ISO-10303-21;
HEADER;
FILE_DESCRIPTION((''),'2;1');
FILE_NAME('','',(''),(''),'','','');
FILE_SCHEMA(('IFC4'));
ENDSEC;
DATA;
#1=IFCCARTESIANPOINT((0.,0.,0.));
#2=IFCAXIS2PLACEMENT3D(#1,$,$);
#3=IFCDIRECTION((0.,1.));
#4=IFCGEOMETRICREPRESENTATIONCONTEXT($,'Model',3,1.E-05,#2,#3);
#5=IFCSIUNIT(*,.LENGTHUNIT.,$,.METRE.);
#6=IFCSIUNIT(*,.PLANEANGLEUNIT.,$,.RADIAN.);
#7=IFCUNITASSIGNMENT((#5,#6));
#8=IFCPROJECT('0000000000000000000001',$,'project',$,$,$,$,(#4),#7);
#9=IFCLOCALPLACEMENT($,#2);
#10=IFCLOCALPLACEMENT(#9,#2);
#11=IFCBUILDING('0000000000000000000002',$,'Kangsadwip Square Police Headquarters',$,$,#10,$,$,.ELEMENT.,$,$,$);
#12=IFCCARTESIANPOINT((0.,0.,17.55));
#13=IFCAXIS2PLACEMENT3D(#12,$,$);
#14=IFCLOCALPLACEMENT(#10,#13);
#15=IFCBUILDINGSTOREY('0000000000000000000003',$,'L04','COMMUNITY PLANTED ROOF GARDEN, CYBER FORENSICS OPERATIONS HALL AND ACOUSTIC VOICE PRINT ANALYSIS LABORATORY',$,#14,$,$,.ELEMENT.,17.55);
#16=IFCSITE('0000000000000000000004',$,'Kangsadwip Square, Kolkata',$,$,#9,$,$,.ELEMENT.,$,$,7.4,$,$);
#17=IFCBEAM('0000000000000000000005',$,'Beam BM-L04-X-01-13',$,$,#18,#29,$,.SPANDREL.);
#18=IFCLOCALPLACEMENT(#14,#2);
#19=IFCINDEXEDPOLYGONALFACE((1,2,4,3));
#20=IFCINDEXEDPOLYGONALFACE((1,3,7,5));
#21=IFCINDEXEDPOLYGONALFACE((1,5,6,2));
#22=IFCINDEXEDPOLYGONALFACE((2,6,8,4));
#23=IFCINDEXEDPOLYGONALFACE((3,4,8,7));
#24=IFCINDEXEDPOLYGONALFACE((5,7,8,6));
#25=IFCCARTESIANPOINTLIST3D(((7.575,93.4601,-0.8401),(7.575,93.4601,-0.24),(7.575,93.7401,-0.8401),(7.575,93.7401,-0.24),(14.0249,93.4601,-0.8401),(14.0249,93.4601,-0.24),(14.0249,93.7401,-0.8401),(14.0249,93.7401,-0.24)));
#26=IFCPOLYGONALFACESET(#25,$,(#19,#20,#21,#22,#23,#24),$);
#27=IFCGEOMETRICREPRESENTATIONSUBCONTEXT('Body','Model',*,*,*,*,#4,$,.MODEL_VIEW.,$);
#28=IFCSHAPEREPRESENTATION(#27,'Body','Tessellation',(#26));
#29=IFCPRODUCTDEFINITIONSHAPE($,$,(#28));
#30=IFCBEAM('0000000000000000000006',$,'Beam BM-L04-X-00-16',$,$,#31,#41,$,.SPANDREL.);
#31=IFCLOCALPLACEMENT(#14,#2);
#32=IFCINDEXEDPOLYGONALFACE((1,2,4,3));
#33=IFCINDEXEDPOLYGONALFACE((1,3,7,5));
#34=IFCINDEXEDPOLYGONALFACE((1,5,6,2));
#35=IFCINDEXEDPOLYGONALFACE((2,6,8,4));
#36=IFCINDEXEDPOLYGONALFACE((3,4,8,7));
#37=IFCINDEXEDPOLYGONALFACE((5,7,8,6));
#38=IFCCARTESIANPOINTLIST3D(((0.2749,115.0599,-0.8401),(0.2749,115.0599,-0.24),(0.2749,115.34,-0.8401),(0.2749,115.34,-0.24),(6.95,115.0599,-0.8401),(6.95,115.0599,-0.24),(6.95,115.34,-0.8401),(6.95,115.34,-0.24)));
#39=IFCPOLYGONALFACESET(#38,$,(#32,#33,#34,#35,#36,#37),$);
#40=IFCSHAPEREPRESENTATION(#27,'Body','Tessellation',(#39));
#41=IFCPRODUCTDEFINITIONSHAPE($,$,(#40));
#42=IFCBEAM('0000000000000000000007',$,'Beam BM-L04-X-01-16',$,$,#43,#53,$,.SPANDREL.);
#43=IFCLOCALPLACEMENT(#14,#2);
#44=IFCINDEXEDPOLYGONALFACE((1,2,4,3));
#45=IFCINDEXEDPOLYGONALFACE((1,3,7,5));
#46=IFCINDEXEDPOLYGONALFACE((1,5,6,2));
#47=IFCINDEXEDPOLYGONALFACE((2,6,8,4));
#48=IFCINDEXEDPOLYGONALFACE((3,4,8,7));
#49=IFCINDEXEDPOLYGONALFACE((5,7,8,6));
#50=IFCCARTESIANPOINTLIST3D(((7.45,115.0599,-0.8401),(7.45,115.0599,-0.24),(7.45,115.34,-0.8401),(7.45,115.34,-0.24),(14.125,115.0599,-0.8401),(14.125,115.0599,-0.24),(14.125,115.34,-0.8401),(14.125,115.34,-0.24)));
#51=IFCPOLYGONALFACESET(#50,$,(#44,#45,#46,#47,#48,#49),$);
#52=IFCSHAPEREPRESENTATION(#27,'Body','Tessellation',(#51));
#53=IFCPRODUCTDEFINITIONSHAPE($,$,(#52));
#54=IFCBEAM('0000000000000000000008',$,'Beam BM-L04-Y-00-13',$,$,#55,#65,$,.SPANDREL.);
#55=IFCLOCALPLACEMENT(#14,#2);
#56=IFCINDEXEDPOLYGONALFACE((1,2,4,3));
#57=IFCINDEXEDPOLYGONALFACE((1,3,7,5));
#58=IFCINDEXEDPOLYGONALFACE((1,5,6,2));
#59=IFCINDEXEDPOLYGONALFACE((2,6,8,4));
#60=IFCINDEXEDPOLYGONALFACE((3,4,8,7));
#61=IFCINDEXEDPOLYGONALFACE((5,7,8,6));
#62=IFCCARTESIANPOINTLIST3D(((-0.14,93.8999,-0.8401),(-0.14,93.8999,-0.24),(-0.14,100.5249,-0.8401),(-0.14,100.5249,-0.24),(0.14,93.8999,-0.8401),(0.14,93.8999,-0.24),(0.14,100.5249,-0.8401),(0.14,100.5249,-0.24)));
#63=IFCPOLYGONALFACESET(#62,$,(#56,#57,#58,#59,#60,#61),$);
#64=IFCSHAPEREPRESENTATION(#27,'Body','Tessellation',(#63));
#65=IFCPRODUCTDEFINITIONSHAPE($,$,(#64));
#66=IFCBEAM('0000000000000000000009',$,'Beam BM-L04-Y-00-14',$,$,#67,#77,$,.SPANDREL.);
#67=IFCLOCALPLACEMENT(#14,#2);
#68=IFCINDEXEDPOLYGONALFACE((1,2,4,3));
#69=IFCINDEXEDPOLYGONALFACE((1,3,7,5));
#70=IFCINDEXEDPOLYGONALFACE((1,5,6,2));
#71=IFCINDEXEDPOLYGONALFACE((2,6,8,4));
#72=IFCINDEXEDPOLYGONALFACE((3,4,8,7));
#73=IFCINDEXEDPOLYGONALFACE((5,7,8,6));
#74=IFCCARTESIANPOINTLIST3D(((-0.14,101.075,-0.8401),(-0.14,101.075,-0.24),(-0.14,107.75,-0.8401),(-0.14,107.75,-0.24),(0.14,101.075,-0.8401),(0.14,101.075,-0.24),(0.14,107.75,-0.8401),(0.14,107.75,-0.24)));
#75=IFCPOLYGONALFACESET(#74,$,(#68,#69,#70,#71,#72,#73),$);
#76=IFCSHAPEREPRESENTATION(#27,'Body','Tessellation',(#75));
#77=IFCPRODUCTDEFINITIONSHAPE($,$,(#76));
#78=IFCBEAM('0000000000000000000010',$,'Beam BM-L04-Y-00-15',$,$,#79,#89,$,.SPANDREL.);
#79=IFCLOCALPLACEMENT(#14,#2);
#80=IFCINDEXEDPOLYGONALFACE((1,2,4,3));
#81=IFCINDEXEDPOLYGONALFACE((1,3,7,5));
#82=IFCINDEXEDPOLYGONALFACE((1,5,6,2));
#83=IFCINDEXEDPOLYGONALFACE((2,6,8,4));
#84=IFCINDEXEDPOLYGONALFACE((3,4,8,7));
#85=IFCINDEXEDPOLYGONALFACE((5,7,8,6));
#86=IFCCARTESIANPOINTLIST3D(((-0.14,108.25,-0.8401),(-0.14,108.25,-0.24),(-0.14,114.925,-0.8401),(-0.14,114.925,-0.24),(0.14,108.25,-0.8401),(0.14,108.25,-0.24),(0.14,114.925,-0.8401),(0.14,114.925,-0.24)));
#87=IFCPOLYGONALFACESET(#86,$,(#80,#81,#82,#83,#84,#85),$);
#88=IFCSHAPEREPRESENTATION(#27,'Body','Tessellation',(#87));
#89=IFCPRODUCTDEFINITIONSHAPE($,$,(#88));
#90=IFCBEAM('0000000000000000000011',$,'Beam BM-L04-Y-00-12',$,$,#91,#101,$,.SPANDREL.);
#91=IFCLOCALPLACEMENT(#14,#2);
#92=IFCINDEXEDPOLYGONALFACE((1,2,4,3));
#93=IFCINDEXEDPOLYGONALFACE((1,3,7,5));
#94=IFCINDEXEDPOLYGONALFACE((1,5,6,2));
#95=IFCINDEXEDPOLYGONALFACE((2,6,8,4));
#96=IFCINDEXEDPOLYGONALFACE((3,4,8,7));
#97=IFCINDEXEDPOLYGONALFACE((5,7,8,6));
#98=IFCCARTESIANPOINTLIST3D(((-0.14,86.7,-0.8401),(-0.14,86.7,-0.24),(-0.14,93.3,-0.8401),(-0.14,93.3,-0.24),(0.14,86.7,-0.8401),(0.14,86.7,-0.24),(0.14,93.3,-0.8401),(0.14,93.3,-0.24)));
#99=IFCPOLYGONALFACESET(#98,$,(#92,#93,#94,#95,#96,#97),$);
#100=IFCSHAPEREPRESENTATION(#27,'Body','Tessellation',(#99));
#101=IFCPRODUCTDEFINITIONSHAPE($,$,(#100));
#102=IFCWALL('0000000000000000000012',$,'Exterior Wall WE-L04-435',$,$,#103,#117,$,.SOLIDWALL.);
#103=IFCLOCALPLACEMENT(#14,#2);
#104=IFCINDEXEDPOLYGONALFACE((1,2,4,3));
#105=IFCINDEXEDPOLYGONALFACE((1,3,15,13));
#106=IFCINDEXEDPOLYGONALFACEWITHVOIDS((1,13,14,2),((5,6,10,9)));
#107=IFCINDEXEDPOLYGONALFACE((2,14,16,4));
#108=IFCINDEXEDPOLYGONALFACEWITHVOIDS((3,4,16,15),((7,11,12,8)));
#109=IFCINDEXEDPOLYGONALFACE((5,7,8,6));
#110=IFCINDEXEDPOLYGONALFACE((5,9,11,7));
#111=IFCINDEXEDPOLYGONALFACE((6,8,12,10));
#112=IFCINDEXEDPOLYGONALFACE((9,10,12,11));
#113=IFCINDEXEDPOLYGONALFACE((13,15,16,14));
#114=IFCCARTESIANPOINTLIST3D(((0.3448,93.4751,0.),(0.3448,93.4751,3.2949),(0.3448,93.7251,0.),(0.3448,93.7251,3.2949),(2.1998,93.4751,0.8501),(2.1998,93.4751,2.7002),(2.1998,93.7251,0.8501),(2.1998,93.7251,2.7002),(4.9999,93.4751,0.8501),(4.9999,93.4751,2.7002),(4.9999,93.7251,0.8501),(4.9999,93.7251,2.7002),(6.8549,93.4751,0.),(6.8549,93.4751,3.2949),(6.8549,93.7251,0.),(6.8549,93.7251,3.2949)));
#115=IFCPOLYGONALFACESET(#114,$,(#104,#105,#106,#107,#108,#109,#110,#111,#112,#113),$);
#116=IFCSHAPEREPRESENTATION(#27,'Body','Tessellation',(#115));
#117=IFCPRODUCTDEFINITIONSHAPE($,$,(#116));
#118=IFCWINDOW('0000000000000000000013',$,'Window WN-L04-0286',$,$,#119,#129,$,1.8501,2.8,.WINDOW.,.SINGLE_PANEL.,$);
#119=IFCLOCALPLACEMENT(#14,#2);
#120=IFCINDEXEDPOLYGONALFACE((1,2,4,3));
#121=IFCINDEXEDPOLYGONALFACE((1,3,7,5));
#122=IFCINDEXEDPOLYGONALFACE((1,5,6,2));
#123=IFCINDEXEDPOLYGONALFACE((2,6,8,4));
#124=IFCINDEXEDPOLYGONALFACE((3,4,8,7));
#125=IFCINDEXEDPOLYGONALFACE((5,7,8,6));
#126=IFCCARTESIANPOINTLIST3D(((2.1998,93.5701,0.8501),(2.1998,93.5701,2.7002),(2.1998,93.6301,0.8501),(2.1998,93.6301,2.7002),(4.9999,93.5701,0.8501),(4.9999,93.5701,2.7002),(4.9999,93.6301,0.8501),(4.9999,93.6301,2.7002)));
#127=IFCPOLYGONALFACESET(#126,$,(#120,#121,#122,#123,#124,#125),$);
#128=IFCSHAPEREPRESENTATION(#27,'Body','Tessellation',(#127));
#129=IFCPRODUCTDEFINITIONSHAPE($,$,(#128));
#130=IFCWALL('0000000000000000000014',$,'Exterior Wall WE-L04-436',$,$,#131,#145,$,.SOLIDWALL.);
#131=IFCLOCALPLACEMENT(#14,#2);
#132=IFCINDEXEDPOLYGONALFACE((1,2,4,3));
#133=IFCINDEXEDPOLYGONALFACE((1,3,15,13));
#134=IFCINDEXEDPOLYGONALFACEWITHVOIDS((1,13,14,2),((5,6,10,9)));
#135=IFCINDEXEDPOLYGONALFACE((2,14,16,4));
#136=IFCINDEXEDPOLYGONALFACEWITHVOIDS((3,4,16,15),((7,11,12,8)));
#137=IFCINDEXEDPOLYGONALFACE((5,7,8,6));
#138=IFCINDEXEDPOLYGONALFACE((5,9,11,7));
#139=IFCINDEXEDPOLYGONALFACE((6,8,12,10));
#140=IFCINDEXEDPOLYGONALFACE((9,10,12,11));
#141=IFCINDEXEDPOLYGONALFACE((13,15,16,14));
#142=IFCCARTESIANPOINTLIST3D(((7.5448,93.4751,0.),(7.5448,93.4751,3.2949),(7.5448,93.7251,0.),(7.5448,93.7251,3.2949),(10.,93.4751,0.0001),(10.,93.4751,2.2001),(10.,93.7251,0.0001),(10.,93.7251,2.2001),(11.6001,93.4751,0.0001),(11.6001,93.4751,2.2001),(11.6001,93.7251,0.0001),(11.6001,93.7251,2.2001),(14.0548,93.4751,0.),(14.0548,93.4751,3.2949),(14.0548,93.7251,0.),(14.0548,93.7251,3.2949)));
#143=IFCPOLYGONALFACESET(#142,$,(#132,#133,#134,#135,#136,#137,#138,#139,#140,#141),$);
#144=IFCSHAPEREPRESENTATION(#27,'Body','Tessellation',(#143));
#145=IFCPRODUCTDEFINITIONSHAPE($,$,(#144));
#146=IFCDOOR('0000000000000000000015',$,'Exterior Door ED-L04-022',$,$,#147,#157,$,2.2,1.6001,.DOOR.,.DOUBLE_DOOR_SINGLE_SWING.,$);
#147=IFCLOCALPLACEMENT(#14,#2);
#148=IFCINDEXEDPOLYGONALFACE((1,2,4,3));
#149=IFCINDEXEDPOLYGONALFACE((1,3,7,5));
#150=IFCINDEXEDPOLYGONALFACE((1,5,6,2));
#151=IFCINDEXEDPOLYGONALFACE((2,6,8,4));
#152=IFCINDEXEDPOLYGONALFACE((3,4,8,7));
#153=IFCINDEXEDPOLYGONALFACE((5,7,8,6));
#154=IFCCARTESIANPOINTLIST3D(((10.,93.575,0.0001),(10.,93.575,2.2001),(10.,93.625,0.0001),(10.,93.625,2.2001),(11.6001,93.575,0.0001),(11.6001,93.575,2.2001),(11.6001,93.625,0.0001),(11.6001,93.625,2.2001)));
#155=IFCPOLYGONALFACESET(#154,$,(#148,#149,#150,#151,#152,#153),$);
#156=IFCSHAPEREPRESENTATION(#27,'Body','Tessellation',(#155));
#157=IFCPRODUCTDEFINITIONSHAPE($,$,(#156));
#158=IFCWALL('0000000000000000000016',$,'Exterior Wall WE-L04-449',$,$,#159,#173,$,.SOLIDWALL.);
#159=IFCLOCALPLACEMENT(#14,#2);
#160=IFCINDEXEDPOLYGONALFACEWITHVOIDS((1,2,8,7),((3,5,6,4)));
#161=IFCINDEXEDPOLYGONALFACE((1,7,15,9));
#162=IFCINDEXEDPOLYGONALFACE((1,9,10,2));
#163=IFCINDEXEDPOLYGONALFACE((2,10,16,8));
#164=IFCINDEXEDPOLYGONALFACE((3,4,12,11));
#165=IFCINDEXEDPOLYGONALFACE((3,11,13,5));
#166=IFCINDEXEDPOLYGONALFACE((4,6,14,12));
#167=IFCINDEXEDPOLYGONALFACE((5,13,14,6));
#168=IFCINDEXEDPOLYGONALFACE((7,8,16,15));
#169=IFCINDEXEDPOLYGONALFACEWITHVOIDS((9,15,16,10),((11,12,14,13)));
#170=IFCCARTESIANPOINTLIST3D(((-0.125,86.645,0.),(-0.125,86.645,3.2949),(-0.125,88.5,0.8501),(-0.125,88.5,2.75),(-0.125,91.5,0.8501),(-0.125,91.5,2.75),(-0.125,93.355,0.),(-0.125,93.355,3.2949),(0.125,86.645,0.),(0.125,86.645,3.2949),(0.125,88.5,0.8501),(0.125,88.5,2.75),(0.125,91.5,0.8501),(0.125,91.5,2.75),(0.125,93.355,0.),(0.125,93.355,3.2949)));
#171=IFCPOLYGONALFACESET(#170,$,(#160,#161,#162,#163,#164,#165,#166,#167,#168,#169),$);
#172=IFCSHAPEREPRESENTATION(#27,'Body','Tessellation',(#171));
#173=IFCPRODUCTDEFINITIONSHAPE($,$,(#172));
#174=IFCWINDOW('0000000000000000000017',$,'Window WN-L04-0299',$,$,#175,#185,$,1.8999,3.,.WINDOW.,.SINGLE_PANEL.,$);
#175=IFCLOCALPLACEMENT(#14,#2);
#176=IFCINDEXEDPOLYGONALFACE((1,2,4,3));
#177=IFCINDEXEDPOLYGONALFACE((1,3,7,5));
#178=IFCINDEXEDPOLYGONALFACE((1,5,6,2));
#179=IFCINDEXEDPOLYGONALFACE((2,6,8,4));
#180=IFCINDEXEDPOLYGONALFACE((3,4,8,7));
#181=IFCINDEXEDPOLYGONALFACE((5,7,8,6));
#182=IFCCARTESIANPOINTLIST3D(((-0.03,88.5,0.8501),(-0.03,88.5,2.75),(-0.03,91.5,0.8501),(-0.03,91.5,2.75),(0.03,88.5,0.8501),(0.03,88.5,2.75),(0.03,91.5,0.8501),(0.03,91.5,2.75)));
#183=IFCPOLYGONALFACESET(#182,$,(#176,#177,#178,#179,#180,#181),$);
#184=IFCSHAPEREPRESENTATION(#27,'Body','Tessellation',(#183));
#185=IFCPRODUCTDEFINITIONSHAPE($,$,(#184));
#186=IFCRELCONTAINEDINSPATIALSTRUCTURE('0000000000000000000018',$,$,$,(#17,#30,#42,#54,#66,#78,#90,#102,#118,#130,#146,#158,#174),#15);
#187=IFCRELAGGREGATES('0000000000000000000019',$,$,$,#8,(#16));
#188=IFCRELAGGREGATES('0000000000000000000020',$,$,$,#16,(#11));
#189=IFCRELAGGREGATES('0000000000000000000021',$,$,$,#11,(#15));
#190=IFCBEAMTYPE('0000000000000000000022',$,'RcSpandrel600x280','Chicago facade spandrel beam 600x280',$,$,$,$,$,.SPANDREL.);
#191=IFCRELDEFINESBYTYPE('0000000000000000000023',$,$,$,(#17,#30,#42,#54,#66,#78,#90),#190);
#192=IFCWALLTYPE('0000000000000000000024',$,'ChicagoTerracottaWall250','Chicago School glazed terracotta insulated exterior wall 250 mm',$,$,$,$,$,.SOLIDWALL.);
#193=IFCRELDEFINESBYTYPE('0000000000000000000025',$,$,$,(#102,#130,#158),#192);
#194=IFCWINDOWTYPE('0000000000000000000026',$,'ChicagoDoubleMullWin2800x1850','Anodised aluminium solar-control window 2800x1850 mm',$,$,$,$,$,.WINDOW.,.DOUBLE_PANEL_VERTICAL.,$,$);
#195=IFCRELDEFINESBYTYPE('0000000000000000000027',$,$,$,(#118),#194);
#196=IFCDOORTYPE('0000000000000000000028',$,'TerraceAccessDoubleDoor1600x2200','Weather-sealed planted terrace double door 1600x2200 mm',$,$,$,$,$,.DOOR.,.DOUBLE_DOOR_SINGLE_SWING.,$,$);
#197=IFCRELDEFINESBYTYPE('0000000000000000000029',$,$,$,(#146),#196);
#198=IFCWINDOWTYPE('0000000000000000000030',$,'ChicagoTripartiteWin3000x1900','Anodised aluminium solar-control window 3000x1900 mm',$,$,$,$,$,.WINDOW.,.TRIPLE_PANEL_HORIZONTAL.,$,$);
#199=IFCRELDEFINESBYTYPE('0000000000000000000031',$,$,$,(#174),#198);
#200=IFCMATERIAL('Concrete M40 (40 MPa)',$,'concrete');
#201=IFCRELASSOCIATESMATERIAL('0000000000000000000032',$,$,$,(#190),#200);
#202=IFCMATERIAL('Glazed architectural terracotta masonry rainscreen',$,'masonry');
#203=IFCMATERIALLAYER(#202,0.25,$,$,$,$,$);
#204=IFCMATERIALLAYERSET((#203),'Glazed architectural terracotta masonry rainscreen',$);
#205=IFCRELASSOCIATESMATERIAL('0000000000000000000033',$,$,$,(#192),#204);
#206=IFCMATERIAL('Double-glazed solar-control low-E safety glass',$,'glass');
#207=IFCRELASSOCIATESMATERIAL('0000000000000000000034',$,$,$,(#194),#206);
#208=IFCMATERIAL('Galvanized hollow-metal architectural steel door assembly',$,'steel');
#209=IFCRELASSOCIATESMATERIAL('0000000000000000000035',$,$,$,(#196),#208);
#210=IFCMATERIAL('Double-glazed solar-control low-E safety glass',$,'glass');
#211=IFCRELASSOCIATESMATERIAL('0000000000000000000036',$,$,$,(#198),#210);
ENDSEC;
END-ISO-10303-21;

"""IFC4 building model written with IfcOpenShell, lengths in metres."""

from ifc_helpers import new_model, si_unit, direction, frame, frame_2d, origin, origin_2d, place, context, subcontext, project, spatial, rectangle, extrude, material, layer, layer_set, material_profile, profile_set, type_object, element, fill, save


model = new_model("IFC4")

# Units and contexts
model_context = context("Model", 3, precision=1e-05, world=origin(), true_north=direction((0.0, 1.0)))
body_context = subcontext(model_context, "Body", "Model", "MODEL_VIEW")
ifc_project = project(units=[si_unit("LENGTHUNIT", "METRE"), si_unit("PLANEANGLEUNIT", "RADIAN")], contexts=[model_context])

# Site, building, storey
site_placement = place(None, origin())
site = spatial("IfcSite", under=ifc_project, at=site_placement, Name="Kangsadwip Square, Kolkata", CompositionType="ELEMENT", RefElevation=7.4)
building_placement = place(site_placement, origin())
building = spatial("IfcBuilding", under=site, at=building_placement, Name="Kangsadwip Square Police Headquarters", CompositionType="ELEMENT")
storey_placement = place(building_placement, frame((0.0, 0.0, 17.55)))
storey = spatial("IfcBuildingStorey", under=building, at=storey_placement, Name="L04", Description="COMMUNITY PLANTED ROOF GARDEN, CYBER FORENSICS OPERATIONS HALL AND ACOUSTIC VOICE PRINT ANALYSIS LABORATORY", CompositionType="ELEMENT", Elevation=17.55)

# Beams
ifc_material_1 = material(Name="Concrete M40 (40 MPa)", Category="concrete")
ifc_material_profile_1 = material_profile(ifc_material_1, rectangle(XDim=0.28, YDim=0.6001, at=origin_2d()), Name="RC SPN 600X280")
ifc_profile_set_1 = profile_set([ifc_material_profile_1], Name="Concrete M40 (40 MPa)")
beam_type_1 = type_object("IfcBeamType", Name="RcSpandrel600x280", Description="Chicago facade spandrel beam 600x280", PredefinedType="SPANDREL", material=ifc_profile_set_1)
beam_1_placement = place(storey_placement, frame((7.575, 93.6001, -0.54), z_axis=(1.0, 0.0, 0.0), x_axis=(0.0, 1.0, 0.0)))
element("IfcBeam", 1, at=beam_1_placement, inside=storey, type_object=beam_type_1, Name="Beam BM-L04-X-01-13", PredefinedType="SPANDREL", context=body_context, shape_type="SweptSolid", body=[
    extrude(rectangle(XDim=0.28, YDim=0.6001, at=origin_2d()), origin(), (0.0, 0.0, 1.0), 6.45),
])
for number, where, z_axis, x_axis, name in (
    (2, (0.2749, 115.2, -0.54), (1.0, 0.0, 0.0), (0.0, 1.0, 0.0), "Beam BM-L04-X-00-16"),
    (3, (7.45, 115.2, -0.54), (1.0, 0.0, 0.0), (0.0, 1.0, 0.0), "Beam BM-L04-X-01-16"),
):
    element("IfcBeam", number, at=place(storey_placement, frame(where, z_axis=z_axis, x_axis=x_axis)), inside=storey, type_object=beam_type_1, Name=name, PredefinedType="SPANDREL", context=body_context, shape_type="SweptSolid", body=[
        extrude(rectangle(XDim=0.28, YDim=0.6001, at=origin_2d()), origin(), (0.0, 0.0, 1.0), 6.675),
    ])
beam_2_placement = place(storey_placement, frame((0.0, 93.8999, -0.54), z_axis=(0.0, 1.0, 0.0), x_axis=(-1.0, 0.0, 0.0)))
element("IfcBeam", 4, at=beam_2_placement, inside=storey, type_object=beam_type_1, Name="Beam BM-L04-Y-00-13", PredefinedType="SPANDREL", context=body_context, shape_type="SweptSolid", body=[
    extrude(rectangle(XDim=0.28, YDim=0.6001, at=origin_2d()), origin(), (0.0, 0.0, 1.0), 6.625),
])
for number, where, z_axis, x_axis, name in (
    (5, (0.0, 101.075, -0.54), (0.0, 1.0, 0.0), (-1.0, 0.0, 0.0), "Beam BM-L04-Y-00-14"),
    (6, (0.0, 108.25, -0.54), (0.0, 1.0, 0.0), (-1.0, 0.0, 0.0), "Beam BM-L04-Y-00-15"),
):
    element("IfcBeam", number, at=place(storey_placement, frame(where, z_axis=z_axis, x_axis=x_axis)), inside=storey, type_object=beam_type_1, Name=name, PredefinedType="SPANDREL", context=body_context, shape_type="SweptSolid", body=[
        extrude(rectangle(XDim=0.28, YDim=0.6001, at=origin_2d()), origin(), (0.0, 0.0, 1.0), 6.675),
    ])
beam_3_placement = place(storey_placement, frame((0.0, 86.7, -0.54), z_axis=(0.0, 1.0, 0.0), x_axis=(-1.0, 0.0, 0.0)))
element("IfcBeam", 7, at=beam_3_placement, inside=storey, type_object=beam_type_1, Name="Beam BM-L04-Y-00-12", PredefinedType="SPANDREL", context=body_context, shape_type="SweptSolid", body=[
    extrude(rectangle(XDim=0.28, YDim=0.6001, at=origin_2d()), origin(), (0.0, 0.0, 1.0), 6.6001),
])

# Wall, opening, window
ifc_material_2 = material(Name="Glazed architectural terracotta masonry rainscreen", Category="masonry")
ifc_layer = layer(ifc_material_2, 0.25)
ifc_layer_set = layer_set([ifc_layer], Name="Glazed architectural terracotta masonry rainscreen")
wall_type = type_object("IfcWallType", Name="ChicagoTerracottaWall250", Description="Chicago School glazed terracotta insulated exterior wall 250 mm", PredefinedType="SOLIDWALL", material=ifc_layer_set)
wall_1_placement = place(storey_placement, frame((0.345, 93.6001, 0.0), z_axis=(0.0, 0.0, 1.0), x_axis=(1.0, 0.0, 0.0)))
wall_1 = element("IfcWall", 8, at=wall_1_placement, inside=storey, type_object=wall_type, Name="Exterior Wall WE-L04-435", PredefinedType="SOLIDWALL", context=body_context, shape_type="SweptSolid", body=[
    extrude(rectangle(XDim=6.51, YDim=0.25, at=frame_2d((3.2549, 0.0))), origin(), (0.0, 0.0, 1.0), 3.2949),
])
opening_1_placement = place(wall_1_placement, frame((1.855, 0.0, 0.8501)))
opening_1 = element("IfcOpeningElement", 9, at=opening_1_placement, cuts=wall_1, PredefinedType="OPENING", context=body_context, shape_type="SweptSolid", body=[
    extrude(rectangle(XDim=2.8, YDim=1.8501, at=frame_2d((1.3999, 0.925))), frame((0.0, 0.135, 0.0), z_axis=(0.0, -1.0, 0.0), x_axis=(1.0, 0.0, 0.0)), (0.0, 0.0, 1.0), 0.27),
])
ifc_material_3 = material(Name="Double-glazed solar-control low-E safety glass", Category="glass")
window_type_1 = type_object("IfcWindowType", Name="ChicagoDoubleMullWin2800x1850", Description="Anodised aluminium solar-control window 2800x1850 mm", PartitioningType="DOUBLE_PANEL_VERTICAL", PredefinedType="WINDOW", material=ifc_material_3)
window_1_placement = place(opening_1_placement, origin())
window_1 = element("IfcWindow", 10, at=window_1_placement, inside=storey, type_object=window_type_1, Name="Window WN-L04-0286", OverallHeight=1.8501, OverallWidth=2.8, PartitioningType="SINGLE_PANEL", PredefinedType="WINDOW", context=body_context, shape_type="SweptSolid", body=[
    extrude(rectangle(XDim=2.8, YDim=1.8501, at=frame_2d((1.3999, 0.925))), frame((0.0, 0.03, 0.0), z_axis=(0.0, -1.0, 0.0), x_axis=(1.0, 0.0, 0.0)), (0.0, 0.0, 1.0), 0.0601),
])
fill(opening_1, window_1)

# Wall, opening, door
wall_2_placement = place(storey_placement, frame((7.5449, 93.6001, 0.0), z_axis=(0.0, 0.0, 1.0), x_axis=(1.0, 0.0, 0.0)))
wall_2 = element("IfcWall", 11, at=wall_2_placement, inside=storey, type_object=wall_type, Name="Exterior Wall WE-L04-436", PredefinedType="SOLIDWALL", context=body_context, shape_type="SweptSolid", body=[
    extrude(rectangle(XDim=6.51, YDim=0.25, at=frame_2d((3.2549, 0.0))), origin(), (0.0, 0.0, 1.0), 3.2949),
])
opening_2_placement = place(wall_2_placement, frame((2.4551, 0.0, 0.0)))
opening_2 = element("IfcOpeningElement", 12, at=opening_2_placement, cuts=wall_2, PredefinedType="OPENING", context=body_context, shape_type="SweptSolid", body=[
    extrude(rectangle(XDim=1.6001, YDim=2.2, at=frame_2d((0.8, 1.1001))), frame((0.0, 0.135, 0.0), z_axis=(0.0, -1.0, 0.0), x_axis=(1.0, 0.0, 0.0)), (0.0, 0.0, 1.0), 0.27),
])
ifc_material_4 = material(Name="Galvanized hollow-metal architectural steel door assembly", Category="steel")
door_type = type_object("IfcDoorType", Name="TerraceAccessDoubleDoor1600x2200", Description="Weather-sealed planted terrace double door 1600x2200 mm", OperationType="DOUBLE_DOOR_SINGLE_SWING", PredefinedType="DOOR", material=ifc_material_4)
door_placement = place(opening_2_placement, origin())
door = element("IfcDoor", 13, at=door_placement, inside=storey, type_object=door_type, Name="Exterior Door ED-L04-022", OperationType="DOUBLE_DOOR_SINGLE_SWING", OverallHeight=2.2, OverallWidth=1.6001, PredefinedType="DOOR", context=body_context, shape_type="SweptSolid", body=[
    extrude(rectangle(XDim=1.6001, YDim=2.2, at=frame_2d((0.8, 1.1001))), frame((0.0, 0.0249, 0.0), z_axis=(0.0, -1.0, 0.0), x_axis=(1.0, 0.0, 0.0)), (0.0, 0.0, 1.0), 0.05),
])
fill(opening_2, door)

# Wall, opening, window
wall_3_placement = place(storey_placement, frame((0.0, 86.645, 0.0), z_axis=(0.0, 0.0, 1.0), x_axis=(0.0, 1.0, 0.0)))
wall_3 = element("IfcWall", 14, at=wall_3_placement, inside=storey, type_object=wall_type, Name="Exterior Wall WE-L04-449", PredefinedType="SOLIDWALL", context=body_context, shape_type="SweptSolid", body=[
    extrude(rectangle(XDim=6.71, YDim=0.25, at=frame_2d((3.355, 0.0))), origin(), (0.0, 0.0, 1.0), 3.2949),
])
opening_3_placement = place(wall_3_placement, frame((1.855, 0.0, 0.8501)))
opening_3 = element("IfcOpeningElement", 15, at=opening_3_placement, cuts=wall_3, PredefinedType="OPENING", context=body_context, shape_type="SweptSolid", body=[
    extrude(rectangle(XDim=3.0, YDim=1.8999, at=frame_2d((1.5, 0.95))), frame((0.0, 0.135, 0.0), z_axis=(0.0, -1.0, 0.0), x_axis=(1.0, 0.0, 0.0)), (0.0, 0.0, 1.0), 0.27),
])
ifc_material_5 = material(Name="Double-glazed solar-control low-E safety glass", Category="glass")
window_type_2 = type_object("IfcWindowType", Name="ChicagoTripartiteWin3000x1900", Description="Anodised aluminium solar-control window 3000x1900 mm", PartitioningType="TRIPLE_PANEL_HORIZONTAL", PredefinedType="WINDOW", material=ifc_material_5)
window_2_placement = place(opening_3_placement, origin())
window_2 = element("IfcWindow", 16, at=window_2_placement, inside=storey, type_object=window_type_2, Name="Window WN-L04-0299", OverallHeight=1.8999, OverallWidth=3.0, PartitioningType="SINGLE_PANEL", PredefinedType="WINDOW", context=body_context, shape_type="SweptSolid", body=[
    extrude(rectangle(XDim=3.0, YDim=1.8999, at=frame_2d((1.5, 0.95))), frame((0.0, 0.03, 0.0), z_axis=(0.0, -1.0, 0.0), x_axis=(1.0, 0.0, 0.0)), (0.0, 0.0, 1.0), 0.0601),
])
fill(opening_3, window_2)

save(model, "model.ifc")
